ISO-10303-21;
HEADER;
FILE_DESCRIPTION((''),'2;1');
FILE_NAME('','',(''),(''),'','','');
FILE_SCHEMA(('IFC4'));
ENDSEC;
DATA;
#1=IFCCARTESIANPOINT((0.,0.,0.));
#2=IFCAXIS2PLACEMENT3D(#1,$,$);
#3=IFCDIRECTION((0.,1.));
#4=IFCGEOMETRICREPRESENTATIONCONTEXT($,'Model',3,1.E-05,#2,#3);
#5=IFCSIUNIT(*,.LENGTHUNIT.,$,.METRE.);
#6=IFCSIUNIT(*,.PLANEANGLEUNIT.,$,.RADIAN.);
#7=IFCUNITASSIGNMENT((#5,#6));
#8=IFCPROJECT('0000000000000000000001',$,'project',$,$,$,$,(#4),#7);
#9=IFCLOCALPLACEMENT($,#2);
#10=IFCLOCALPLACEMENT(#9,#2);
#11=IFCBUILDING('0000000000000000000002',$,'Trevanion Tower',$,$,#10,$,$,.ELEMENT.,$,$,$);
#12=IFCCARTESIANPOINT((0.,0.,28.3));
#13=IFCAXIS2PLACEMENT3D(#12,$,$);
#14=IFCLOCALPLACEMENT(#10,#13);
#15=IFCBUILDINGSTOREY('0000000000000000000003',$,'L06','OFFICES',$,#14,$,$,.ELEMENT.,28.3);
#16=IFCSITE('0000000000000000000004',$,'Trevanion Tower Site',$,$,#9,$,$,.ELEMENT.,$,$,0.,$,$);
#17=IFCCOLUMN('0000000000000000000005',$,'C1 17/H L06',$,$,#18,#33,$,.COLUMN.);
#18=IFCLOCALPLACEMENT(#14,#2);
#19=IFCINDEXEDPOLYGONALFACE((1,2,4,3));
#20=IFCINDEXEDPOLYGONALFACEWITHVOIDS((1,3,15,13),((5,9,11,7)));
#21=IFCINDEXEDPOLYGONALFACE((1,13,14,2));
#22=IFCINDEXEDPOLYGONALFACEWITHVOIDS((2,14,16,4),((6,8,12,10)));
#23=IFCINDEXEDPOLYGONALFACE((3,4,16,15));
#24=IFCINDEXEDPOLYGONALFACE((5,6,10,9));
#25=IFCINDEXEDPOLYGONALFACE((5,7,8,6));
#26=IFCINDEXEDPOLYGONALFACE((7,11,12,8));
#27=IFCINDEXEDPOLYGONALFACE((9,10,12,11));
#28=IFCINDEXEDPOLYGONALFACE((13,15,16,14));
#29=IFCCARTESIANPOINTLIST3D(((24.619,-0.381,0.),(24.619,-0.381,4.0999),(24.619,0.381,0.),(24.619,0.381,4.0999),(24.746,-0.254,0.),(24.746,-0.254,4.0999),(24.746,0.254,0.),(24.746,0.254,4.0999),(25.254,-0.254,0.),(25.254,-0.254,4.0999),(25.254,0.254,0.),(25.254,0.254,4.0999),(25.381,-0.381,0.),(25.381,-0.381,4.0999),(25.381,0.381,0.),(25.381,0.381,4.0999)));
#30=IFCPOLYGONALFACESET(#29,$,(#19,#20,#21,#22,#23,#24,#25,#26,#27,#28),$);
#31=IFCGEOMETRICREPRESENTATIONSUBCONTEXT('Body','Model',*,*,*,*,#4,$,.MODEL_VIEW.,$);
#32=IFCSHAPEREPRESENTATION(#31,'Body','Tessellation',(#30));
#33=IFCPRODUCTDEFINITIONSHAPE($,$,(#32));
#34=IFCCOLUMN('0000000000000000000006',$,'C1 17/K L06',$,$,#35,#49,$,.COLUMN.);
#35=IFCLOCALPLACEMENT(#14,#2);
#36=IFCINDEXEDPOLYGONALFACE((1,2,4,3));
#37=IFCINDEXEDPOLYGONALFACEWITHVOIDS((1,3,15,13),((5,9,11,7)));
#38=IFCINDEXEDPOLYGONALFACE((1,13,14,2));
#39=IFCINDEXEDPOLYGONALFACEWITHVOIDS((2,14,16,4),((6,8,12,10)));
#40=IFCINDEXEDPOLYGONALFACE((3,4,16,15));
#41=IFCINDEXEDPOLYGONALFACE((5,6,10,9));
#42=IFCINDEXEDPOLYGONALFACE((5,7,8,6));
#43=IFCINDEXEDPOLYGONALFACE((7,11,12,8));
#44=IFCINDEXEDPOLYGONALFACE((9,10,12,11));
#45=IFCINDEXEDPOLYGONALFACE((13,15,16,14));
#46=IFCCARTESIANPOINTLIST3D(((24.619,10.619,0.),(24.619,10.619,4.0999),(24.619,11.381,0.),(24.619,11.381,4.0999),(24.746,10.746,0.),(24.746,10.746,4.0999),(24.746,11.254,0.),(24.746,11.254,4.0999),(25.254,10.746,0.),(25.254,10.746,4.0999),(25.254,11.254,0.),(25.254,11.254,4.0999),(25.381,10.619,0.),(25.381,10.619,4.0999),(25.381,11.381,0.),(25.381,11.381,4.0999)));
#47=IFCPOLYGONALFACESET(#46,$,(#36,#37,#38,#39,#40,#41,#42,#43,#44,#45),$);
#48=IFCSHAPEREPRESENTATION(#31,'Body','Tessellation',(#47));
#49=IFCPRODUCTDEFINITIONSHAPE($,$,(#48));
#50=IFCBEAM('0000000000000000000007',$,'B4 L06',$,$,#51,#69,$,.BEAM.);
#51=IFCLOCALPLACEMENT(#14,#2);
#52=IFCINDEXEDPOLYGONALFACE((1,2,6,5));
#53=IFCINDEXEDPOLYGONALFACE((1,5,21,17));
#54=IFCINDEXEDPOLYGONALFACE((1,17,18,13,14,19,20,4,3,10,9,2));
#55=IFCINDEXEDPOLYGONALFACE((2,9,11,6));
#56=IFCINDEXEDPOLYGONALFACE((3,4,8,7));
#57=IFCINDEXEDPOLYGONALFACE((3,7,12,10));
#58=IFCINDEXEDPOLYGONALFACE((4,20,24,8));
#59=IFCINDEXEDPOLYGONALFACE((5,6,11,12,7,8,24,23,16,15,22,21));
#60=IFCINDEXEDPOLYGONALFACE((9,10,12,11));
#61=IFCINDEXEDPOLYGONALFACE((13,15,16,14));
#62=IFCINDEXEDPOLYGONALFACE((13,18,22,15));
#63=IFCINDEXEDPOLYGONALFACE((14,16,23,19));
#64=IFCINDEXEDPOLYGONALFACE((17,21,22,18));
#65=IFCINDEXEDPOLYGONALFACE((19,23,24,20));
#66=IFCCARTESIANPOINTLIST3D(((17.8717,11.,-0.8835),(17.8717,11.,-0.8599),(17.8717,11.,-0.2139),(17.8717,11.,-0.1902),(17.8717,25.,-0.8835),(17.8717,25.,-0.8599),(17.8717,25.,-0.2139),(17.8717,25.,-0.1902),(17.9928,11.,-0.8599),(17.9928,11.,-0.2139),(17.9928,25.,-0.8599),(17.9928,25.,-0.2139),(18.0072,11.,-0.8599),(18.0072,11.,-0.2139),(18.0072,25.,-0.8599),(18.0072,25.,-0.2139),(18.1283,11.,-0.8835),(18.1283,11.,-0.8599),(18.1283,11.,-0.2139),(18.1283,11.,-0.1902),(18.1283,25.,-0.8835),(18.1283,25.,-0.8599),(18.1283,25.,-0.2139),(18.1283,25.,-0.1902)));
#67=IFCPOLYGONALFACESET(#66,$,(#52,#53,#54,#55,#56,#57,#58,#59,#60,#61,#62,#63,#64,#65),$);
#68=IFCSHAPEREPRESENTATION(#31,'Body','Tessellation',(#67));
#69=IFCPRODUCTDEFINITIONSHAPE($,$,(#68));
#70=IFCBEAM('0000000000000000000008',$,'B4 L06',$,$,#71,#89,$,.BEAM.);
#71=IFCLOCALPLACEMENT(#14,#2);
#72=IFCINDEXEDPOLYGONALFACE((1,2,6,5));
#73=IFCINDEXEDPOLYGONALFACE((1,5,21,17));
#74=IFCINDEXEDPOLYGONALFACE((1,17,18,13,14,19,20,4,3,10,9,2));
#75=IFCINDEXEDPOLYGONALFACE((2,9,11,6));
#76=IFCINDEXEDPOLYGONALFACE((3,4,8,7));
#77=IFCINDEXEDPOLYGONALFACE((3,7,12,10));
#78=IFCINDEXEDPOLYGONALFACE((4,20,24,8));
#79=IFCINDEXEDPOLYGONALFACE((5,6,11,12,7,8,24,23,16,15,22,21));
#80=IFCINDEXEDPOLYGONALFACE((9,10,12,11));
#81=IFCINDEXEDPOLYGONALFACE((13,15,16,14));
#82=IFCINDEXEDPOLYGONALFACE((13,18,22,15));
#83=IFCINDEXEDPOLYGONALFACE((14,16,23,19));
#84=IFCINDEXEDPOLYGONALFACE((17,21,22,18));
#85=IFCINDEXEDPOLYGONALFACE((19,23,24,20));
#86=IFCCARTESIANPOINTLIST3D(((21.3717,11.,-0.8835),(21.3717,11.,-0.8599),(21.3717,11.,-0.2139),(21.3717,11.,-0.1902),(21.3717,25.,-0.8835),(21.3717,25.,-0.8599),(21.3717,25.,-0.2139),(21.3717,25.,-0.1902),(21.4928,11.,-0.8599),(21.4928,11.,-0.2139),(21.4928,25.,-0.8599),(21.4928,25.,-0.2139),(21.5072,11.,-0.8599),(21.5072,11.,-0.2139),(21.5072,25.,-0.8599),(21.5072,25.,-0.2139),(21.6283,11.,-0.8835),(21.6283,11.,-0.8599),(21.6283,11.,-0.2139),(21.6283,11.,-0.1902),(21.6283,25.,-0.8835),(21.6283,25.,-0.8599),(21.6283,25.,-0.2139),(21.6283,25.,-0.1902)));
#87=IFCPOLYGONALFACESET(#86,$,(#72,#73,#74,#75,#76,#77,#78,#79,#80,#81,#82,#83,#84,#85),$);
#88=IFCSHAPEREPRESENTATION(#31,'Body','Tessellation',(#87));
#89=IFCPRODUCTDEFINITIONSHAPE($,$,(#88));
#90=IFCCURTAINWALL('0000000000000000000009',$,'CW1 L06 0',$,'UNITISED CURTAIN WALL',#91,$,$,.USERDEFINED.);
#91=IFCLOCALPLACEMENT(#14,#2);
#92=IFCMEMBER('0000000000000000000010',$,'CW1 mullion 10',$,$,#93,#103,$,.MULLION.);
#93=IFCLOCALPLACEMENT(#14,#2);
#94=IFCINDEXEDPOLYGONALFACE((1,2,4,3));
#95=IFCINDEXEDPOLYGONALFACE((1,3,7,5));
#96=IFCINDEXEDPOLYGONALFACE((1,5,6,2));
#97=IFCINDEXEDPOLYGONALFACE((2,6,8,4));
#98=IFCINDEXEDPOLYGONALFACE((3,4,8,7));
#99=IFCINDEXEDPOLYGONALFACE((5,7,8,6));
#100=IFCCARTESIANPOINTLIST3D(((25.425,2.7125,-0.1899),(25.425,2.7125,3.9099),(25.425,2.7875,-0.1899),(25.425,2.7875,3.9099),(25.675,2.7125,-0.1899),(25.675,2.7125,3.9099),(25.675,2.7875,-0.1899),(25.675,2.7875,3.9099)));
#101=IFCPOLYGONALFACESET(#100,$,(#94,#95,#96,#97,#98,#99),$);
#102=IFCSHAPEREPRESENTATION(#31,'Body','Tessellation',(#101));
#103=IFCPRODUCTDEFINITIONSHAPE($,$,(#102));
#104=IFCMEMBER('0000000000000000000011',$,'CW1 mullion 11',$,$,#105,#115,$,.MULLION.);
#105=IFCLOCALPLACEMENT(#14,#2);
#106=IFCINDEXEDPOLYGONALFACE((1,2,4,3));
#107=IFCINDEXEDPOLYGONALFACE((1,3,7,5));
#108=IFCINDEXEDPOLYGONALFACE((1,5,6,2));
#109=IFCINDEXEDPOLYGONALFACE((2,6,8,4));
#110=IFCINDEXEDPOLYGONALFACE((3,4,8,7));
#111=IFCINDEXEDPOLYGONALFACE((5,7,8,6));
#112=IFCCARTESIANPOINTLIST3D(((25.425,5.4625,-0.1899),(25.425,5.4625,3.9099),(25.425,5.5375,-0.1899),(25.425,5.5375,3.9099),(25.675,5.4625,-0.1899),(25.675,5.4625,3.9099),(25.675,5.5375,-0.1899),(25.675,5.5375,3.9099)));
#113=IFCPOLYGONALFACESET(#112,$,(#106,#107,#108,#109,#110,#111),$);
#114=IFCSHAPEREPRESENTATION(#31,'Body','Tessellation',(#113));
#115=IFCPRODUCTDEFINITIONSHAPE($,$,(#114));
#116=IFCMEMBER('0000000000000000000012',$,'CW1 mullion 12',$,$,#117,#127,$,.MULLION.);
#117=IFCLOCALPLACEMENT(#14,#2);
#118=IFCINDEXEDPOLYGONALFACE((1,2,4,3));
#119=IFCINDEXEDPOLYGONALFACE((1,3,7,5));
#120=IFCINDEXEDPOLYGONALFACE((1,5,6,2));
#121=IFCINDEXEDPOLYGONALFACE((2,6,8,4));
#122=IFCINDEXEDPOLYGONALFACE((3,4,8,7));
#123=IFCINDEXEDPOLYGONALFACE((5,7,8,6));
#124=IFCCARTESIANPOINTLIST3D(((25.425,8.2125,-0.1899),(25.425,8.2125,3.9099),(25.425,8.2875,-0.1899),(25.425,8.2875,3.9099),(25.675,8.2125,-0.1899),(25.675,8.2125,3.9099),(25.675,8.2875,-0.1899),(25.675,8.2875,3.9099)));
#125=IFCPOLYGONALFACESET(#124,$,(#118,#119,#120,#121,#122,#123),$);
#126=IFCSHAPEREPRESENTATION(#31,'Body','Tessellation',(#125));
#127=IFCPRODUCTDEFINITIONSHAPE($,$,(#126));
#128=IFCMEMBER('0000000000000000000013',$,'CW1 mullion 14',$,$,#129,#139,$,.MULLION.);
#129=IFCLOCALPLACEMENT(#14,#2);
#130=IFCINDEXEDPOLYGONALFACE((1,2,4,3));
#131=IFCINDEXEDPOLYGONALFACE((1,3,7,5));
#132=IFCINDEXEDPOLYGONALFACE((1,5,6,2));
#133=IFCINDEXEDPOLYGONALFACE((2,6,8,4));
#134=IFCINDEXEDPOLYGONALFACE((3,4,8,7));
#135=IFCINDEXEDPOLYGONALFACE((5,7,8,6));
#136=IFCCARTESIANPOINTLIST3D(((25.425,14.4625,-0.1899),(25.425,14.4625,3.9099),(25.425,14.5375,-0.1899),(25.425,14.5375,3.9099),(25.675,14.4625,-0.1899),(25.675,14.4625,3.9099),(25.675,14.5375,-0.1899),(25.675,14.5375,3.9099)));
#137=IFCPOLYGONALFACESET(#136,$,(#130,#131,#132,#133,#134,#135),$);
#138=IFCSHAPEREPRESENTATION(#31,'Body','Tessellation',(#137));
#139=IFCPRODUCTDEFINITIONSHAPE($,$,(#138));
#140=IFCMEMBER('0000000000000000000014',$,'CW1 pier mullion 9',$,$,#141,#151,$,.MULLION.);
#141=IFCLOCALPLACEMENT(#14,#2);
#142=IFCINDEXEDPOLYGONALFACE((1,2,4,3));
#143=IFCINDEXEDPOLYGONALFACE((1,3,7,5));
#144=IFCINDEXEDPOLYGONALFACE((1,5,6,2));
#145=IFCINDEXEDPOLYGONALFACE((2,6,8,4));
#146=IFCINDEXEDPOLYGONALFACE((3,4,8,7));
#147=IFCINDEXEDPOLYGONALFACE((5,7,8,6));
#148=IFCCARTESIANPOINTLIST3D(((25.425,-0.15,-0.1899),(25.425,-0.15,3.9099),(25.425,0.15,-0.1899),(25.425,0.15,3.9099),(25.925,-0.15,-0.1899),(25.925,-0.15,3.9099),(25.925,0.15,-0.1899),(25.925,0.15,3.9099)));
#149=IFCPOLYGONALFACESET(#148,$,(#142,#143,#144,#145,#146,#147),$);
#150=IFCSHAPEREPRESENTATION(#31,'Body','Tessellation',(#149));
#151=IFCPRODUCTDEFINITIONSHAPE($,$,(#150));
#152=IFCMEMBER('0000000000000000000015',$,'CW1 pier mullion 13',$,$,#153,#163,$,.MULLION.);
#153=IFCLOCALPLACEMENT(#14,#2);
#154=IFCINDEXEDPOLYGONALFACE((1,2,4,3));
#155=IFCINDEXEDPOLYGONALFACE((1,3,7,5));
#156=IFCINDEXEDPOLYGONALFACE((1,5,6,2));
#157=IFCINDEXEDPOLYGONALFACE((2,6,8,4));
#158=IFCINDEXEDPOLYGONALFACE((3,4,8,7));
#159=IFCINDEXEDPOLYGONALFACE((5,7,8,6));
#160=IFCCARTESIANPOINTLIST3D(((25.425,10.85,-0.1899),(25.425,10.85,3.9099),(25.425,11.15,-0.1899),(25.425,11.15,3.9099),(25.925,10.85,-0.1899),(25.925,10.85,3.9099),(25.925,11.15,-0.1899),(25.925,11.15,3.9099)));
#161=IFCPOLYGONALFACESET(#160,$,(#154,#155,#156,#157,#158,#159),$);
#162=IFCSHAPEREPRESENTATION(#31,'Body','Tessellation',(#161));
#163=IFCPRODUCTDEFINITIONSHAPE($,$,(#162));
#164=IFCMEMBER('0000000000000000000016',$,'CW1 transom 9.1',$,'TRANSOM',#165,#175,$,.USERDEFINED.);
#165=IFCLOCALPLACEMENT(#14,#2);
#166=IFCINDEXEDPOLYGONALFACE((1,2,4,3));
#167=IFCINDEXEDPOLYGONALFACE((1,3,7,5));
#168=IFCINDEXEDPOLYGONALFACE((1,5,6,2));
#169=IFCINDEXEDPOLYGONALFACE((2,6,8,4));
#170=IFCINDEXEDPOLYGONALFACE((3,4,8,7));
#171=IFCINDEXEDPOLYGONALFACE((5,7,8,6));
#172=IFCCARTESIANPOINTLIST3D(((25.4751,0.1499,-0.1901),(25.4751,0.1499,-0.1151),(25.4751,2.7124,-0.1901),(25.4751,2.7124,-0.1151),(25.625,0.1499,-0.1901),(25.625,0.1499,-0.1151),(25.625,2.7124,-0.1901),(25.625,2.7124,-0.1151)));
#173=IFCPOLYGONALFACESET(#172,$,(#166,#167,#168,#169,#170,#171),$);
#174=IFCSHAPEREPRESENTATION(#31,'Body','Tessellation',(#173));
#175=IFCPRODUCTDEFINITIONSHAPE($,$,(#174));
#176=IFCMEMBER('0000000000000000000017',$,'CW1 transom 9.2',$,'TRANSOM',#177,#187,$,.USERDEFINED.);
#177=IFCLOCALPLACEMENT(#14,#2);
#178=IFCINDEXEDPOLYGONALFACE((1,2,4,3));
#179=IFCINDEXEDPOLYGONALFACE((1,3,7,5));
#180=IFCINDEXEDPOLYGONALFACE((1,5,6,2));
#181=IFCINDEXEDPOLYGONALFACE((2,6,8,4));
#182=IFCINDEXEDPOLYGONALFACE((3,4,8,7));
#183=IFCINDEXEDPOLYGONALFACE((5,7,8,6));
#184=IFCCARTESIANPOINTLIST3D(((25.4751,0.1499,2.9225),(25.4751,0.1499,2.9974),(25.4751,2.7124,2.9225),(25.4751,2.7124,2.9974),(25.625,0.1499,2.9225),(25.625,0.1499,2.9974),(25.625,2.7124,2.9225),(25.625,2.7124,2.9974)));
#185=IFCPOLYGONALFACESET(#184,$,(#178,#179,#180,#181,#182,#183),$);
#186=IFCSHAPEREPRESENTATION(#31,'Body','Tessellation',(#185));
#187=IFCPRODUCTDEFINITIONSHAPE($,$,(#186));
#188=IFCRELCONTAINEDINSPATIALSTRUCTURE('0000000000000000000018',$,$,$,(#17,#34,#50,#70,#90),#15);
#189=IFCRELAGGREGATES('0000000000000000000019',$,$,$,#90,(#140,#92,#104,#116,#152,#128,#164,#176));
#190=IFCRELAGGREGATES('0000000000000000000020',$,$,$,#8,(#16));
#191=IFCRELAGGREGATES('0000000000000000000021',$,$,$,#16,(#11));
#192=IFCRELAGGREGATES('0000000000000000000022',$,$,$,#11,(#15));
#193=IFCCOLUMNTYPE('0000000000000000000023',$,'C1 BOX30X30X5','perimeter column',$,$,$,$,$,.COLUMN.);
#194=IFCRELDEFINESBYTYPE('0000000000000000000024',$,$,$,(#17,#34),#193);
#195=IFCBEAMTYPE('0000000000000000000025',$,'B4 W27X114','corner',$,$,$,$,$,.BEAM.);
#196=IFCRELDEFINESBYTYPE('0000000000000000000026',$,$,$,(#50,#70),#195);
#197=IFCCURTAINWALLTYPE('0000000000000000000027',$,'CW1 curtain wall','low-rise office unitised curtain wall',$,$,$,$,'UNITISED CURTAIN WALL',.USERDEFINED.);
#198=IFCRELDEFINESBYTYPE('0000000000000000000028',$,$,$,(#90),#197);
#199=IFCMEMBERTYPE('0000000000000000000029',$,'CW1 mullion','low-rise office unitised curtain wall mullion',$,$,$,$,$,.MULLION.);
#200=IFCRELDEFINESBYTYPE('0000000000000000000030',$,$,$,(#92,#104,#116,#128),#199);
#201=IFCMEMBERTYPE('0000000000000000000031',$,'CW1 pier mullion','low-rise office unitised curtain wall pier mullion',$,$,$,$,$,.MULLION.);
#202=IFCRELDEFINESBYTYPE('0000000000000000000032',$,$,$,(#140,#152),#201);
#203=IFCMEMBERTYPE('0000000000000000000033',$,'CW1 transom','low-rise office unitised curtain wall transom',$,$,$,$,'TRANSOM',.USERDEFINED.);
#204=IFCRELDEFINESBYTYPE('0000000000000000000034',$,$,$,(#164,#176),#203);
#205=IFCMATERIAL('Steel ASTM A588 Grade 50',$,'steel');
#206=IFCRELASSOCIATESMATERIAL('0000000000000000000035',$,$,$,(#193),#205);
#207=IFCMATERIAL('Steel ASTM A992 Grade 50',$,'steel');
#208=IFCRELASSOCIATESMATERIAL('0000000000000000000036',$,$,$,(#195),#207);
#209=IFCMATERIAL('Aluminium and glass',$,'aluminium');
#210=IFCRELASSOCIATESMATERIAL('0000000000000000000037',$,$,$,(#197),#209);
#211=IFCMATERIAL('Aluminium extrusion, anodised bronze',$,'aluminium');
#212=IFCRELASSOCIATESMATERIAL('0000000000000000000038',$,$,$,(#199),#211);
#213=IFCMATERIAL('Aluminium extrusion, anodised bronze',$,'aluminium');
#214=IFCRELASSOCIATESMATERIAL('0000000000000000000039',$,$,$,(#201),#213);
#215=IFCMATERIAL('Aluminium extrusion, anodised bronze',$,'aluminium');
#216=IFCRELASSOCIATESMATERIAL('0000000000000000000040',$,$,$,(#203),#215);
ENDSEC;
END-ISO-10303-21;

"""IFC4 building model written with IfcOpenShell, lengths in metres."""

from ifc_helpers import new_model, si_unit, direction, frame, origin, origin_2d, place, context, subcontext, project, spatial, rectangle, hollow_rectangle, i_section, extrude, material, material_profile, profile_set, type_object, element, aggregate, save


model = new_model("IFC4")

# Units and contexts
model_context = context("Model", 3, precision=1e-05, world=origin(), true_north=direction((0.0, 1.0)))
body_context = subcontext(model_context, "Body", "Model", "MODEL_VIEW")
ifc_project = project(units=[si_unit("LENGTHUNIT", "METRE"), si_unit("PLANEANGLEUNIT", "RADIAN")], contexts=[model_context])

# Site, building, storey
site_placement = place(None, origin())
site = spatial("IfcSite", under=ifc_project, at=site_placement, Name="Trevanion Tower Site", CompositionType="ELEMENT", RefElevation=0.0)
building_placement = place(site_placement, origin())
building = spatial("IfcBuilding", under=site, at=building_placement, Name="Trevanion Tower", CompositionType="ELEMENT")
storey_placement = place(building_placement, frame((0.0, 0.0, 28.3)))
storey = spatial("IfcBuildingStorey", under=building, at=storey_placement, Name="L06", Description="OFFICES", CompositionType="ELEMENT", Elevation=28.3)

# Columns
ifc_material_1 = material(Name="Steel ASTM A588 Grade 50", Category="steel")
ifc_material_profile_1 = material_profile(ifc_material_1, hollow_rectangle(XDim=0.762, YDim=0.762, WallThickness=0.127, at=origin_2d()), Name="BOX30X30X5")
ifc_profile_set_1 = profile_set([ifc_material_profile_1], Name="Steel ASTM A588 Grade 50")
column_type = type_object("IfcColumnType", Name="C1 BOX30X30X5", Description="perimeter column", PredefinedType="COLUMN", material=ifc_profile_set_1)
for number, where, z_axis, x_axis, name in (
    (1, (25.0, 0.0, 0.0), (0.0, 0.0, 1.0), (0.0, 1.0, 0.0), "C1 17/H L06"),
    (2, (25.0, 11.0, 0.0), (0.0, 0.0, 1.0), (0.0, 1.0, 0.0), "C1 17/K L06"),
):
    element("IfcColumn", number, at=place(storey_placement, frame(where, z_axis=z_axis, x_axis=x_axis)), inside=storey, type_object=column_type, Name=name, PredefinedType="COLUMN", context=body_context, shape_type="SweptSolid", body=[
        extrude(hollow_rectangle(XDim=0.762, YDim=0.762, WallThickness=0.127, at=origin_2d()), origin(), (0.0, 0.0, 1.0), 4.0999),
    ])

# Beams
ifc_material_2 = material(Name="Steel ASTM A992 Grade 50", Category="steel")
ifc_material_profile_2 = material_profile(ifc_material_2, i_section(OverallWidth=0.2566, OverallDepth=0.6934, WebThickness=0.0144, FlangeThickness=0.0237, at=origin_2d()), Name="W27X114")
ifc_profile_set_2 = profile_set([ifc_material_profile_2], Name="Steel ASTM A992 Grade 50")
beam_type_1 = type_object("IfcBeamType", Name="B4 W27X114", Description="corner", PredefinedType="BEAM", material=ifc_profile_set_2)
for number, where, z_axis, x_axis, name in (
    (3, (18.0, 11.0, -0.5369), (0.0, 1.0, 0.0), (-1.0, 0.0, 0.0), "B4 L06"),
    (4, (21.5, 11.0, -0.5369), (0.0, 1.0, 0.0), (-1.0, 0.0, 0.0), "B4 L06"),
):
    element("IfcBeam", number, at=place(storey_placement, frame(where, z_axis=z_axis, x_axis=x_axis)), inside=storey, type_object=beam_type_1, Name=name, PredefinedType="BEAM", context=body_context, shape_type="SweptSolid", body=[
        extrude(i_section(OverallWidth=0.2566, OverallDepth=0.6934, WebThickness=0.0144, FlangeThickness=0.0237, at=origin_2d()), origin(), (0.0, 0.0, 1.0), 14.0),
    ])

# Curtain wall, members
ifc_material_3 = material(Name="Aluminium and glass", Category="aluminium")
curtain_wall_type = type_object("IfcCurtainWallType", Name="CW1 curtain wall", Description="low-rise office unitised curtain wall", ElementType="UNITISED CURTAIN WALL", PredefinedType="USERDEFINED", material=ifc_material_3)
curtain_wall_placement = place(storey_placement, origin())
curtain_wall = element("IfcCurtainWall", 5, at=curtain_wall_placement, inside=storey, type_object=curtain_wall_type, Name="CW1 L06 0", ObjectType="UNITISED CURTAIN WALL", PredefinedType="USERDEFINED")
ifc_material_4 = material(Name="Aluminium extrusion, anodised bronze", Category="aluminium")
ifc_material_profile_3 = material_profile(ifc_material_4, rectangle(XDim=0.075, YDim=0.25, at=origin_2d()), Name="CW1 mullion")
ifc_profile_set_3 = profile_set([ifc_material_profile_3], Name="Aluminium extrusion, anodised bronze")
member_type_1 = type_object("IfcMemberType", Name="CW1 mullion", Description="low-rise office unitised curtain wall mullion", PredefinedType="MULLION", material=ifc_profile_set_3)
member_1_placement = place(storey_placement, frame((25.55, 2.75, -0.1899), z_axis=(0.0, 0.0, 1.0), x_axis=(0.0, 1.0, 0.0)))
member_1 = element("IfcMember", 6, at=member_1_placement, type_object=member_type_1, Name="CW1 mullion 10", PredefinedType="MULLION", context=body_context, shape_type="SweptSolid", body=[
    extrude(rectangle(XDim=0.075, YDim=0.25, at=origin_2d()), origin(), (0.0, 0.0, 1.0), 4.0999),
])
member_2_placement = place(storey_placement, frame((25.55, 5.5, -0.1899), z_axis=(0.0, 0.0, 1.0), x_axis=(0.0, 1.0, 0.0)))
member_2 = element("IfcMember", 7, at=member_2_placement, type_object=member_type_1, Name="CW1 mullion 11", PredefinedType="MULLION", context=body_context, shape_type="SweptSolid", body=[
    extrude(rectangle(XDim=0.075, YDim=0.25, at=origin_2d()), origin(), (0.0, 0.0, 1.0), 4.0999),
])
member_3_placement = place(storey_placement, frame((25.55, 8.25, -0.1899), z_axis=(0.0, 0.0, 1.0), x_axis=(0.0, 1.0, 0.0)))
member_3 = element("IfcMember", 8, at=member_3_placement, type_object=member_type_1, Name="CW1 mullion 12", PredefinedType="MULLION", context=body_context, shape_type="SweptSolid", body=[
    extrude(rectangle(XDim=0.075, YDim=0.25, at=origin_2d()), origin(), (0.0, 0.0, 1.0), 4.0999),
])
member_4_placement = place(storey_placement, frame((25.55, 14.5, -0.1899), z_axis=(0.0, 0.0, 1.0), x_axis=(0.0, 1.0, 0.0)))
member_4 = element("IfcMember", 9, at=member_4_placement, type_object=member_type_1, Name="CW1 mullion 14", PredefinedType="MULLION", context=body_context, shape_type="SweptSolid", body=[
    extrude(rectangle(XDim=0.075, YDim=0.25, at=origin_2d()), origin(), (0.0, 0.0, 1.0), 4.0999),
])
ifc_material_5 = material(Name="Aluminium extrusion, anodised bronze", Category="aluminium")
ifc_material_profile_4 = material_profile(ifc_material_5, rectangle(XDim=0.3, YDim=0.5, at=origin_2d()), Name="CW1 pier mullion")
ifc_profile_set_4 = profile_set([ifc_material_profile_4], Name="Aluminium extrusion, anodised bronze")
member_type_2 = type_object("IfcMemberType", Name="CW1 pier mullion", Description="low-rise office unitised curtain wall pier mullion", PredefinedType="MULLION", material=ifc_profile_set_4)
member_5_placement = place(storey_placement, frame((25.675, 0.0, -0.1899), z_axis=(0.0, 0.0, 1.0), x_axis=(0.0, 1.0, 0.0)))
member_5 = element("IfcMember", 10, at=member_5_placement, type_object=member_type_2, Name="CW1 pier mullion 9", PredefinedType="MULLION", context=body_context, shape_type="SweptSolid", body=[
    extrude(rectangle(XDim=0.3, YDim=0.5, at=origin_2d()), origin(), (0.0, 0.0, 1.0), 4.0999),
])
member_6_placement = place(storey_placement, frame((25.675, 11.0, -0.1899), z_axis=(0.0, 0.0, 1.0), x_axis=(0.0, 1.0, 0.0)))
member_6 = element("IfcMember", 11, at=member_6_placement, type_object=member_type_2, Name="CW1 pier mullion 13", PredefinedType="MULLION", context=body_context, shape_type="SweptSolid", body=[
    extrude(rectangle(XDim=0.3, YDim=0.5, at=origin_2d()), origin(), (0.0, 0.0, 1.0), 4.0999),
])
ifc_material_6 = material(Name="Aluminium extrusion, anodised bronze", Category="aluminium")
ifc_material_profile_5 = material_profile(ifc_material_6, rectangle(XDim=0.1499, YDim=0.075, at=origin_2d()), Name="CW1 transom")
ifc_profile_set_5 = profile_set([ifc_material_profile_5], Name="Aluminium extrusion, anodised bronze")
member_type_3 = type_object("IfcMemberType", Name="CW1 transom", Description="low-rise office unitised curtain wall transom", ElementType="TRANSOM", PredefinedType="USERDEFINED", material=ifc_profile_set_5)
member_7_placement = place(storey_placement, frame((25.55, 0.1499, -0.1526), z_axis=(0.0, 1.0, 0.0), x_axis=(-1.0, 0.0, 0.0)))
member_7 = element("IfcMember", 12, at=member_7_placement, type_object=member_type_3, Name="CW1 transom 9.1", ObjectType="TRANSOM", PredefinedType="USERDEFINED", context=body_context, shape_type="SweptSolid", body=[
    extrude(rectangle(XDim=0.1499, YDim=0.075, at=origin_2d()), origin(), (0.0, 0.0, 1.0), 2.5625),
])
member_8_placement = place(storey_placement, frame((25.55, 0.1499, 2.96), z_axis=(0.0, 1.0, 0.0), x_axis=(-1.0, 0.0, 0.0)))
member_8 = element("IfcMember", 13, at=member_8_placement, type_object=member_type_3, Name="CW1 transom 9.2", ObjectType="TRANSOM", PredefinedType="USERDEFINED", context=body_context, shape_type="SweptSolid", body=[
    extrude(rectangle(XDim=0.1499, YDim=0.075, at=origin_2d()), origin(), (0.0, 0.0, 1.0), 2.5625),
])

aggregate(curtain_wall, [member_5, member_1, member_2, member_3, member_6, member_4, member_7, member_8])

save(model, "model.ifc")
